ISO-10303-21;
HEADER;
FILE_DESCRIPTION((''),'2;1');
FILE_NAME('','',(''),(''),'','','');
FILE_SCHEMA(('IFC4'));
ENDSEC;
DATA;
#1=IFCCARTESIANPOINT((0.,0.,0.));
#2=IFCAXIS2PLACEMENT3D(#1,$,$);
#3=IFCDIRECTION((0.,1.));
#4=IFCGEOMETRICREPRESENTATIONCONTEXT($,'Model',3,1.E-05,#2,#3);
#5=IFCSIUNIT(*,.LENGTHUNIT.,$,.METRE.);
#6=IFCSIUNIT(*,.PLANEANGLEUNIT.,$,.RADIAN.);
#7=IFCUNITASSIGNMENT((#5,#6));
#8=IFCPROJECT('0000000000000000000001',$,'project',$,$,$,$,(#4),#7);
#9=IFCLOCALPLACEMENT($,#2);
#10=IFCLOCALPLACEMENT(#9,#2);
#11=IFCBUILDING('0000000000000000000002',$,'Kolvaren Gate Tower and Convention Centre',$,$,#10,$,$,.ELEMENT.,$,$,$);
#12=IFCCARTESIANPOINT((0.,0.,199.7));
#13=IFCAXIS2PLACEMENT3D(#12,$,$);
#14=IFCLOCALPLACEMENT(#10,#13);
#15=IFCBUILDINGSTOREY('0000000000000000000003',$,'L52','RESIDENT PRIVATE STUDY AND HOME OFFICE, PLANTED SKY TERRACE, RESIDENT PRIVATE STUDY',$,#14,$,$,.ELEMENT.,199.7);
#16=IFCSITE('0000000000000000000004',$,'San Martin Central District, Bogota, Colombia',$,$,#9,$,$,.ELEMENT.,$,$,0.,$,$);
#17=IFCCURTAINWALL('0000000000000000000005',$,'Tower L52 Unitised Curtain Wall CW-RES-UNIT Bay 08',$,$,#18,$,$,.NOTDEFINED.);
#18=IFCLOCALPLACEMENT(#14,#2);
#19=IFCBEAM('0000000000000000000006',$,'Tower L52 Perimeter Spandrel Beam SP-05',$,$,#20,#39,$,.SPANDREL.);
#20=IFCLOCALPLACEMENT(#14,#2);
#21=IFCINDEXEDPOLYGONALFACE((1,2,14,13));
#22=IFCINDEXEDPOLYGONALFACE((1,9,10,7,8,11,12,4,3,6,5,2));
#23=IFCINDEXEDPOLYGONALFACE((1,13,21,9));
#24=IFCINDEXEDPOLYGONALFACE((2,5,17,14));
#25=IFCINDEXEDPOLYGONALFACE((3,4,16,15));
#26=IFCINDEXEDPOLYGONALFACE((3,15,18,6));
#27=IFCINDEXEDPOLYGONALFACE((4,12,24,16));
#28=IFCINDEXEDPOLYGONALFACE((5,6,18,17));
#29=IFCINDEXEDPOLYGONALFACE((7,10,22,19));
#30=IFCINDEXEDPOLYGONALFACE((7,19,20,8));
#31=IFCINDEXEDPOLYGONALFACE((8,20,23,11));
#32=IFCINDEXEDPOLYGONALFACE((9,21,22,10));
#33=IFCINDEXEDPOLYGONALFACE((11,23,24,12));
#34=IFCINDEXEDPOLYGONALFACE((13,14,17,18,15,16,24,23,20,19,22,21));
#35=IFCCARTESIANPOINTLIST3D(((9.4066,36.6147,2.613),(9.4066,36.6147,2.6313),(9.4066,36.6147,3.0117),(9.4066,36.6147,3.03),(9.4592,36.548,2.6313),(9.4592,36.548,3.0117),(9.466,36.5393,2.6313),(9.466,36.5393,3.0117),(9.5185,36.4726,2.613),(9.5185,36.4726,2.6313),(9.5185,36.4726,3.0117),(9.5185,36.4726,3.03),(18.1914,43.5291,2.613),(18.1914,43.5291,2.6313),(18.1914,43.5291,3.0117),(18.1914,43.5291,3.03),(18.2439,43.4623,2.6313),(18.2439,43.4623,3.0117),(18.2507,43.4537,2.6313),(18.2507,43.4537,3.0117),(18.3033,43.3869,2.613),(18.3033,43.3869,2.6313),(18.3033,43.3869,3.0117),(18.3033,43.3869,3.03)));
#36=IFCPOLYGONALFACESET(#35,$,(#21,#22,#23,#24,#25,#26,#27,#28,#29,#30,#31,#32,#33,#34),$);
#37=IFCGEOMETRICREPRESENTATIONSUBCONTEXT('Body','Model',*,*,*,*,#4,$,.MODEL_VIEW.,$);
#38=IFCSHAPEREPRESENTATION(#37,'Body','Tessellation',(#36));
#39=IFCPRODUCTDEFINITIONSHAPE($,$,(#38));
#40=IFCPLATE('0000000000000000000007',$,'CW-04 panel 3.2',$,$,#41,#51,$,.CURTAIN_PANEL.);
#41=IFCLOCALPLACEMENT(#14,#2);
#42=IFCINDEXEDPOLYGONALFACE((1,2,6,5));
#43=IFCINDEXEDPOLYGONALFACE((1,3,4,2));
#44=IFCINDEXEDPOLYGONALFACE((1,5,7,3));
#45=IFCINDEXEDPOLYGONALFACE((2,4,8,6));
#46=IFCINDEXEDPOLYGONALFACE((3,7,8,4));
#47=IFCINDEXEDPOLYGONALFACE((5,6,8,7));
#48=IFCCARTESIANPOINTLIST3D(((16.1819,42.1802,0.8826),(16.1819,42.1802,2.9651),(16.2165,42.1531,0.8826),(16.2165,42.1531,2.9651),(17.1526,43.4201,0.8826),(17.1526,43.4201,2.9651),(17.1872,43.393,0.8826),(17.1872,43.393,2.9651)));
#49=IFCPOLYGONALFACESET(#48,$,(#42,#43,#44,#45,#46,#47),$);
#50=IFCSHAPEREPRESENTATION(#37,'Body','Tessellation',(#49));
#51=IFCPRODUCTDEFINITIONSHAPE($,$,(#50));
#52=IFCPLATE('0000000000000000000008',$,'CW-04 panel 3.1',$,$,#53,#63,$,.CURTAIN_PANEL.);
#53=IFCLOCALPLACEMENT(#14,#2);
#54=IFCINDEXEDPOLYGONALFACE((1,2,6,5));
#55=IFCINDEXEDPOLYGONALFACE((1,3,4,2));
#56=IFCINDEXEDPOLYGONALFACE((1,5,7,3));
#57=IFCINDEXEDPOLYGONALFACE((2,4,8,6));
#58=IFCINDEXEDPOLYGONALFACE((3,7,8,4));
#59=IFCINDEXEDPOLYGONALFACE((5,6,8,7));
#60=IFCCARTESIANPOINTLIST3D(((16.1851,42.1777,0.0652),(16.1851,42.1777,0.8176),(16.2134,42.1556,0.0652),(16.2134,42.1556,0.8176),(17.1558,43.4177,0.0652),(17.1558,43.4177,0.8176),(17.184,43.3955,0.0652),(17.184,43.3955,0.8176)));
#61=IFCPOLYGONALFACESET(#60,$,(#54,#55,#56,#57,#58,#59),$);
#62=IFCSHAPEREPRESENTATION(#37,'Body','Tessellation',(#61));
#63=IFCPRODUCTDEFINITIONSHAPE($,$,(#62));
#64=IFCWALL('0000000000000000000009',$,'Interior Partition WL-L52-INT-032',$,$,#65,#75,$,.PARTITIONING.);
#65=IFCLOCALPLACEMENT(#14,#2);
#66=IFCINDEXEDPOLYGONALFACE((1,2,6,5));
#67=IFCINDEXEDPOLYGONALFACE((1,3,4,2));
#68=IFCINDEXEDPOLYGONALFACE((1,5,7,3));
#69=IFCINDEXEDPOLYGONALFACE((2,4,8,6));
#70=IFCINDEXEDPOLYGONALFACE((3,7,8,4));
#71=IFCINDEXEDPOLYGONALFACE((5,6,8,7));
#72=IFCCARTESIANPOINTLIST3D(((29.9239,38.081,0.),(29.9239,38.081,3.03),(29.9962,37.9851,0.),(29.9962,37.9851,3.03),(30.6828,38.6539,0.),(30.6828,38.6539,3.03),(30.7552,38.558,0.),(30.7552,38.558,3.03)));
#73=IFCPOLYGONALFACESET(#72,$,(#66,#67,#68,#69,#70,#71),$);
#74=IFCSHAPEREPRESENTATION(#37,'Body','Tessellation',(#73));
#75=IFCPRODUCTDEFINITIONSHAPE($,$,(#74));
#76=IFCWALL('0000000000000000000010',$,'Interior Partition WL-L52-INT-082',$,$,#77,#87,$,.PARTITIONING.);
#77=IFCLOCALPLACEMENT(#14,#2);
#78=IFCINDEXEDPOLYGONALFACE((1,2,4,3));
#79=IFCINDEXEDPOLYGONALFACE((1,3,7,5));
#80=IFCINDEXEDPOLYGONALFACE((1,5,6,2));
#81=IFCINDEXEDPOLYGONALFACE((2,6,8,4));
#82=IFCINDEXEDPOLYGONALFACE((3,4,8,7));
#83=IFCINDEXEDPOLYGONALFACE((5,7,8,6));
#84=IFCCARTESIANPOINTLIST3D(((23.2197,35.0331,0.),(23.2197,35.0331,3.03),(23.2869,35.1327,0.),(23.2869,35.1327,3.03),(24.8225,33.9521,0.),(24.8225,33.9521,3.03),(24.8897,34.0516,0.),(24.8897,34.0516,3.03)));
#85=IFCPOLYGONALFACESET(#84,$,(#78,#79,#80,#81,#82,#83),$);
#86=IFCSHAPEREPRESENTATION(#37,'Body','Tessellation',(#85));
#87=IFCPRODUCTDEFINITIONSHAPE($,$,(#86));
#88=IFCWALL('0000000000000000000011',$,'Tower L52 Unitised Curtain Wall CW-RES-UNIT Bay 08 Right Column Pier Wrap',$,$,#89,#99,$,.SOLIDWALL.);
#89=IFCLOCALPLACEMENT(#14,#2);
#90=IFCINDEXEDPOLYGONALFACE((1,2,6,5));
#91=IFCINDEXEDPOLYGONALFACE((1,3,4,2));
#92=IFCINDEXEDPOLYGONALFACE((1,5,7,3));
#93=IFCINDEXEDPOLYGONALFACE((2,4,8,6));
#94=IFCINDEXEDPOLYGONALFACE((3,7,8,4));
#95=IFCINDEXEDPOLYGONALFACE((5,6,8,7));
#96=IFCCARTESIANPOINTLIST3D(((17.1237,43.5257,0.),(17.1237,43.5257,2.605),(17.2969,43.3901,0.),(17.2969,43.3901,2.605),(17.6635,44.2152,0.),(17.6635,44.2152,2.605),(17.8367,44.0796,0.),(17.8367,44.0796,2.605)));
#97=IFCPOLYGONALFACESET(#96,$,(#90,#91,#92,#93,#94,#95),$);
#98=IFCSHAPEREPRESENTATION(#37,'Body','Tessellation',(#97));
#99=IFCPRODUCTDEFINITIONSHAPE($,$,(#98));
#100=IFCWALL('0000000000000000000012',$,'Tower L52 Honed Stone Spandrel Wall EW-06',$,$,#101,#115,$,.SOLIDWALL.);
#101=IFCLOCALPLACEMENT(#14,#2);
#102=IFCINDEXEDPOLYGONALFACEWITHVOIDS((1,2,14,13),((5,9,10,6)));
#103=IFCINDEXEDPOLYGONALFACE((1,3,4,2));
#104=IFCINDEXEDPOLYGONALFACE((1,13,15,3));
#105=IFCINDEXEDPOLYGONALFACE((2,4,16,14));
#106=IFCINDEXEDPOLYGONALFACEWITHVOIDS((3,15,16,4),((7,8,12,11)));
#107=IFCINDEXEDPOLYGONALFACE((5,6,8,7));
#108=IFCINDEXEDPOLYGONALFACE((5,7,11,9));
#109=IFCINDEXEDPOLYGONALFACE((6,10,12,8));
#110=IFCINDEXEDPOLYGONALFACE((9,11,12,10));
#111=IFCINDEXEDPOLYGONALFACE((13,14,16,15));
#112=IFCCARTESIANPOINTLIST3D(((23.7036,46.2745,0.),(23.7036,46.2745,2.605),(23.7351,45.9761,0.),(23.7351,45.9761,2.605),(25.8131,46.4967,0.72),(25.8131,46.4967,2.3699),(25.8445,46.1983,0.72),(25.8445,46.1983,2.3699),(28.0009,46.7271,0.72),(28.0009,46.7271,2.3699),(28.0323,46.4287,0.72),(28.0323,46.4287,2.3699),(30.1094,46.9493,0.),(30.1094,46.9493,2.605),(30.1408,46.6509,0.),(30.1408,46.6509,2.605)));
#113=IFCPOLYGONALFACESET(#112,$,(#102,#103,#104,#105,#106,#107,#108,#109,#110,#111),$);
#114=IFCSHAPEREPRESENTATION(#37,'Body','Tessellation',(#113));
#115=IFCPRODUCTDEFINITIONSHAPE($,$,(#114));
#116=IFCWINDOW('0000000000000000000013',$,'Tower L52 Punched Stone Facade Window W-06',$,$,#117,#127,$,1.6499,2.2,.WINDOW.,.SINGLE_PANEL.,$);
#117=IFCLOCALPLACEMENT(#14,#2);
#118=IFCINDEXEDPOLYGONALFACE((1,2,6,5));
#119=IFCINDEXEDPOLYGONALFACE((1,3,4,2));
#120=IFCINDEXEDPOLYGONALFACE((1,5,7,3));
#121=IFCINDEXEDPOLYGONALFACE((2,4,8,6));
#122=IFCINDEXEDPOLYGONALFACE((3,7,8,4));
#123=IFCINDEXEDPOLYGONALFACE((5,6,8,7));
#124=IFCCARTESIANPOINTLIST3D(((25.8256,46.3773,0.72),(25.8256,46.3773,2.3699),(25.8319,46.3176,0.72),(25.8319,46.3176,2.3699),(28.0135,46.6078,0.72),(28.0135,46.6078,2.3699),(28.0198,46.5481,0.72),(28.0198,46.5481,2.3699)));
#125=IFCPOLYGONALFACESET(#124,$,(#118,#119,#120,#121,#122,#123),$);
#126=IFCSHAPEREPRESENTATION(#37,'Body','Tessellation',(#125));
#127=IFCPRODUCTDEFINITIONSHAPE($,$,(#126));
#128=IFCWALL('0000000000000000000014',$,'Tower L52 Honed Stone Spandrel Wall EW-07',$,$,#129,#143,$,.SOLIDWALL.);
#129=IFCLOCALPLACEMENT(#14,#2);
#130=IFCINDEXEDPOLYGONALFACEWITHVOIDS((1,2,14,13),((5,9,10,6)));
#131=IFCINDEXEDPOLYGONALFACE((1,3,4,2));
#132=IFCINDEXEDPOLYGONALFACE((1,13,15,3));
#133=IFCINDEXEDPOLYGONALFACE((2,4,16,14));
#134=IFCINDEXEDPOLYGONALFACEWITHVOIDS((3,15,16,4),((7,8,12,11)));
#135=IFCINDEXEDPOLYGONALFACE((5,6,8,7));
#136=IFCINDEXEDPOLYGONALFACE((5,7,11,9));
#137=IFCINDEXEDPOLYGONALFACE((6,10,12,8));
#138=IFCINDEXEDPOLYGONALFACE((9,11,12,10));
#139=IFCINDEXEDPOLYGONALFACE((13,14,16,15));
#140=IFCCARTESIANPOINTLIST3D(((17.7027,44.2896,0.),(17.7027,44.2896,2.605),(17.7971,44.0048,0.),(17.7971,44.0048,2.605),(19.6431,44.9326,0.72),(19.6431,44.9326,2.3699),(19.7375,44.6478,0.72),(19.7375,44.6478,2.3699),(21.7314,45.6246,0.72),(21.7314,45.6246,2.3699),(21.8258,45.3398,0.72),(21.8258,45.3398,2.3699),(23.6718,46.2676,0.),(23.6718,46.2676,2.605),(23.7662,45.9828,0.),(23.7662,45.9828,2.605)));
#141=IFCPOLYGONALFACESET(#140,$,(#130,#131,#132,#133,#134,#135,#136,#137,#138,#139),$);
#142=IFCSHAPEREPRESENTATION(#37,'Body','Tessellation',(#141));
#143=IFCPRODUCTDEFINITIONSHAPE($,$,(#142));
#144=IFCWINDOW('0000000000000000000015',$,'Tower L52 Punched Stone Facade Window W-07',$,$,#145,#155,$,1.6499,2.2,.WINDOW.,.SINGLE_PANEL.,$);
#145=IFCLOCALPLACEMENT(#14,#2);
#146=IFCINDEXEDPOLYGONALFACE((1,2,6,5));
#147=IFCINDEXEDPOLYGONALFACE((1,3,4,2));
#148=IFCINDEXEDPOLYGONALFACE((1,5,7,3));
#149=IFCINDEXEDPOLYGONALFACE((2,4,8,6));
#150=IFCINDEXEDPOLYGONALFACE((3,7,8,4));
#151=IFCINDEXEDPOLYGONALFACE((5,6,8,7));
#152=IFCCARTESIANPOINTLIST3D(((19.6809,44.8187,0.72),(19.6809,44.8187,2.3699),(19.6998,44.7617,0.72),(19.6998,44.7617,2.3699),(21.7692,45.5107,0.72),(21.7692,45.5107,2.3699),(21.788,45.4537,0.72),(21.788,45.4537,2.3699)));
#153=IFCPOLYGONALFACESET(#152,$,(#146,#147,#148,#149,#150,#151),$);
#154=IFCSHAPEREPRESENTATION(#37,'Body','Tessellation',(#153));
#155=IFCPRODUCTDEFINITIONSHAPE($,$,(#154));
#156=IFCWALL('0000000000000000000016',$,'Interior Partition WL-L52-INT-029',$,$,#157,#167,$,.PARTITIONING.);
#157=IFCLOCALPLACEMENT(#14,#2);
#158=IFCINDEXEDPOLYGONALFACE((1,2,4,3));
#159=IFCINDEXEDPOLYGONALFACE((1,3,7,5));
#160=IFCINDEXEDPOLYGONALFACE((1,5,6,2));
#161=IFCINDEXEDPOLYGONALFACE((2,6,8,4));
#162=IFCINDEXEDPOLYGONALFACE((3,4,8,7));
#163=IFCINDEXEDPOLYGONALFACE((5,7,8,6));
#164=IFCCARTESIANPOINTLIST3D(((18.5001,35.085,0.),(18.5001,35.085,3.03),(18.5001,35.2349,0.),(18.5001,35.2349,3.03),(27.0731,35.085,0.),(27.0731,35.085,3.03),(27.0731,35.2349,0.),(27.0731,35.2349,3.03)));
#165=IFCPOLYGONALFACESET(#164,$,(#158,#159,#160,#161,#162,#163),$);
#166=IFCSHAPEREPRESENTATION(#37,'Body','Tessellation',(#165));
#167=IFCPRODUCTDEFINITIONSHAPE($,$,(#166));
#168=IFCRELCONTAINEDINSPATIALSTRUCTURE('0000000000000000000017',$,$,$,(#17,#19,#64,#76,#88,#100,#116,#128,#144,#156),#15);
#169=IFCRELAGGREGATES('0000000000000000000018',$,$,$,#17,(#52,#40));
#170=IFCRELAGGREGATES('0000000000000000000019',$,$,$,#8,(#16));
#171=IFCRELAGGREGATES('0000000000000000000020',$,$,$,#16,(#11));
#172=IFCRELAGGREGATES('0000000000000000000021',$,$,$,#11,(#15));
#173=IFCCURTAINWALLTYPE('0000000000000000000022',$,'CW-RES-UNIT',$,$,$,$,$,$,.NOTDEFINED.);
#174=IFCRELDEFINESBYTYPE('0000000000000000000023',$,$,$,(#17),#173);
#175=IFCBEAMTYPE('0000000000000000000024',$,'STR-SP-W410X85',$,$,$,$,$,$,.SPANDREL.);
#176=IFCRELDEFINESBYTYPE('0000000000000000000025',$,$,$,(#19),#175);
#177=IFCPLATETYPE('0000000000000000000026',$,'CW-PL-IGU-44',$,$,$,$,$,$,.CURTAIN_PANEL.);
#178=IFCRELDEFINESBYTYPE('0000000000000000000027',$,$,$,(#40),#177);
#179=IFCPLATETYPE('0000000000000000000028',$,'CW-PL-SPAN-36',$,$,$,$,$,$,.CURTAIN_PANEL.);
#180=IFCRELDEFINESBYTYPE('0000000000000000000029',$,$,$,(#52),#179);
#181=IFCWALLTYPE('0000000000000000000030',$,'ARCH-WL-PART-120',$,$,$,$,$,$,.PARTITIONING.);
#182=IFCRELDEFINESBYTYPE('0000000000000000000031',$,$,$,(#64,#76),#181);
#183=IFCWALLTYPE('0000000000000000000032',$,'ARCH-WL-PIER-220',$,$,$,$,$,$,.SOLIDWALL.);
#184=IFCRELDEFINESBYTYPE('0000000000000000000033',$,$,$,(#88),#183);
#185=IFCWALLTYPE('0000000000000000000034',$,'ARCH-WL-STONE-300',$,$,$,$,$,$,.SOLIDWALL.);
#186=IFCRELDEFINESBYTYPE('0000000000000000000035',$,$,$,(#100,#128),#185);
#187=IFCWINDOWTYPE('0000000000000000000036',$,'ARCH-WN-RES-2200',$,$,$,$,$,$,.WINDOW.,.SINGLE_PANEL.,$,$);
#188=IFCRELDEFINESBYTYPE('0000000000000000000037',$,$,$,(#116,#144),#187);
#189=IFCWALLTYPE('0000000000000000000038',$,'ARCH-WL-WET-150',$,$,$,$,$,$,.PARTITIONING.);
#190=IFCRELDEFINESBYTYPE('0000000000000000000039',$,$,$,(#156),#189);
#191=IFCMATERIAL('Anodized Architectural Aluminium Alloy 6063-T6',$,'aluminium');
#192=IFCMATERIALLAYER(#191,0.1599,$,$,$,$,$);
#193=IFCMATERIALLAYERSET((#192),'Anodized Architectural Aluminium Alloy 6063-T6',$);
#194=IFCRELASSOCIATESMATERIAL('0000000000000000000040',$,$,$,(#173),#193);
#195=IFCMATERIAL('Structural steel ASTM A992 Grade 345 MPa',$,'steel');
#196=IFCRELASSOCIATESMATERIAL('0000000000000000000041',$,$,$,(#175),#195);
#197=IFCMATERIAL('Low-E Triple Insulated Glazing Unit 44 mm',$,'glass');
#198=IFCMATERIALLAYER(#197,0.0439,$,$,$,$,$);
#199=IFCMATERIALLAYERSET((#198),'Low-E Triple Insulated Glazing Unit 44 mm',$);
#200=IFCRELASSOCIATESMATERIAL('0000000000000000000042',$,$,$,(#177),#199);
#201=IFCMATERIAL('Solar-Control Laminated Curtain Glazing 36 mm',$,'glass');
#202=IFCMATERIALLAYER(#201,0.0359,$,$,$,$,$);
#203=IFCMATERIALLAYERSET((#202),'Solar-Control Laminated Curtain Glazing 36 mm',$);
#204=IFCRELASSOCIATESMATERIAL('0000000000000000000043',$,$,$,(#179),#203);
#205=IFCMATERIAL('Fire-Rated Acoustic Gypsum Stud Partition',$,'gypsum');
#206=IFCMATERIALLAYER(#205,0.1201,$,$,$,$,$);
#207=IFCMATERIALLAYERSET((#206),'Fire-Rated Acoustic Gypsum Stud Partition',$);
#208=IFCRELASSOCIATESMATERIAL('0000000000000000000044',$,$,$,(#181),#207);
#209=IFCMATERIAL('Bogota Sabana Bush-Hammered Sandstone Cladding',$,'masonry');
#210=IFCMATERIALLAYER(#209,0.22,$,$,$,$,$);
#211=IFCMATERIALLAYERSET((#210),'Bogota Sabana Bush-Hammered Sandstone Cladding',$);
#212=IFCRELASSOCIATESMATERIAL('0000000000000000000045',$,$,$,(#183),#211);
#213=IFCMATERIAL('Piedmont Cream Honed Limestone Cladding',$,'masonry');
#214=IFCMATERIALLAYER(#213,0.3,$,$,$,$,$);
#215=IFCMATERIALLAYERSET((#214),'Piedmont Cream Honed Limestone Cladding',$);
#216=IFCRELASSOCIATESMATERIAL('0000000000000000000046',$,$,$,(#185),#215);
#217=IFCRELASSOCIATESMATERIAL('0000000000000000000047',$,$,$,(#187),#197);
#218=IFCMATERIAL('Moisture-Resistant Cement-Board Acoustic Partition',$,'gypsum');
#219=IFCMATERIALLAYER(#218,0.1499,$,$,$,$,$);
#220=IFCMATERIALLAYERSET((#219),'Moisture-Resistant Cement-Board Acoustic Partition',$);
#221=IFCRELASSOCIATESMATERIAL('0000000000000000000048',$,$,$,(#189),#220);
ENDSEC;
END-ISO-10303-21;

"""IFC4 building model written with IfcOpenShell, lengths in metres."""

from ifc_helpers import new_model, si_unit, direction, frame, frame_2d, origin, origin_2d, place, context, subcontext, project, spatial, rectangle, i_section, extrude, material, layer, layer_set, material_profile, profile_set, type_object, element, fill, aggregate, save


model = new_model("IFC4")

# Units and contexts
model_context = context("Model", 3, precision=1e-05, world=origin(), true_north=direction((0.0, 1.0)))
body_context = subcontext(model_context, "Body", "Model", "MODEL_VIEW")
ifc_project = project(units=[si_unit("LENGTHUNIT", "METRE"), si_unit("PLANEANGLEUNIT", "RADIAN")], contexts=[model_context])

# Site, building, storey
site_placement = place(None, origin())
site = spatial("IfcSite", under=ifc_project, at=site_placement, Name="San Martin Central District, Bogota, Colombia", CompositionType="ELEMENT", RefElevation=0.0)
building_placement = place(site_placement, origin())
building = spatial("IfcBuilding", under=site, at=building_placement, Name="Kolvaren Gate Tower and Convention Centre", CompositionType="ELEMENT")
storey_placement = place(building_placement, frame((0.0, 0.0, 199.7)))
storey = spatial("IfcBuildingStorey", under=building, at=storey_placement, Name="L52", Description="RESIDENT PRIVATE STUDY AND HOME OFFICE, PLANTED SKY TERRACE, RESIDENT PRIVATE STUDY", CompositionType="ELEMENT", Elevation=199.7)

# Curtain wall
ifc_material_1 = material(Name="Anodized Architectural Aluminium Alloy 6063-T6", Category="aluminium")
ifc_layer_1 = layer(ifc_material_1, 0.1599)
ifc_layer_set_1 = layer_set([ifc_layer_1], Name="Anodized Architectural Aluminium Alloy 6063-T6")
curtain_wall_type = type_object("IfcCurtainWallType", Name="CW-RES-UNIT", PredefinedType="NOTDEFINED", material=ifc_layer_set_1)
curtain_wall_placement = place(storey_placement, origin())
curtain_wall = element("IfcCurtainWall", 1, at=curtain_wall_placement, inside=storey, type_object=curtain_wall_type, Name="Tower L52 Unitised Curtain Wall CW-RES-UNIT Bay 08", PredefinedType="NOTDEFINED")

# Beam
ifc_material_2 = material(Name="Structural steel ASTM A992 Grade 345 MPa", Category="steel")
ifc_material_profile_1 = material_profile(ifc_material_2, i_section(OverallWidth=0.1809, OverallDepth=0.417, WebThickness=0.011, FlangeThickness=0.0183, at=origin_2d()), Name="W410X85")
ifc_profile_set_1 = profile_set([ifc_material_profile_1], Name="Structural steel ASTM A992 Grade 345 MPa")
beam_type_1 = type_object("IfcBeamType", Name="STR-SP-W410X85", PredefinedType="SPANDREL", material=ifc_profile_set_1)
beam_1_placement = place(storey_placement, frame((18.2473, 43.458, 2.8215), z_axis=(-0.785794, -0.618489, 0.0), x_axis=(0.618489, -0.785794, 0.0)))
element("IfcBeam", 2, at=beam_1_placement, inside=storey, type_object=beam_type_1, Name="Tower L52 Perimeter Spandrel Beam SP-05", PredefinedType="SPANDREL", context=body_context, shape_type="SweptSolid", body=[
    extrude(i_section(OverallWidth=0.1809, OverallDepth=0.417, WebThickness=0.011, FlangeThickness=0.0183, at=origin_2d()), origin(), (0.0, 0.0, 1.0), 11.1794),
])

# Plates
ifc_material_3 = material(Name="Low-E Triple Insulated Glazing Unit 44 mm", Category="glass")
ifc_layer_2 = layer(ifc_material_3, 0.0439)
ifc_layer_set_2 = layer_set([ifc_layer_2], Name="Low-E Triple Insulated Glazing Unit 44 mm")
plate_type_1 = type_object("IfcPlateType", Name="CW-PL-IGU-44", PredefinedType="CURTAIN_PANEL", material=ifc_layer_set_2)
plate_1_placement = place(storey_placement, frame((16.6846, 42.7866, 0.8826), z_axis=(0.0, 0.0, 1.0), x_axis=(0.61643, 0.78741, 0.0)))
plate_1 = element("IfcPlate", 3, at=plate_1_placement, type_object=plate_type_1, Name="CW-04 panel 3.2", PredefinedType="CURTAIN_PANEL", context=body_context, shape_type="SweptSolid", body=[
    extrude(rectangle(XDim=1.5747, YDim=0.0439, at=origin_2d()), origin(), (0.0, 0.0, 1.0), 2.0825),
])
ifc_material_4 = material(Name="Solar-Control Laminated Curtain Glazing 36 mm", Category="glass")
ifc_layer_3 = layer(ifc_material_4, 0.0359)
ifc_layer_set_3 = layer_set([ifc_layer_3], Name="Solar-Control Laminated Curtain Glazing 36 mm")
plate_type_2 = type_object("IfcPlateType", Name="CW-PL-SPAN-36", PredefinedType="CURTAIN_PANEL", material=ifc_layer_set_3)
plate_2_placement = place(storey_placement, frame((16.6846, 42.7866, 0.0652), z_axis=(0.0, 0.0, 1.0), x_axis=(0.61643, 0.78741, 0.0)))
plate_2 = element("IfcPlate", 4, at=plate_2_placement, type_object=plate_type_2, Name="CW-04 panel 3.1", PredefinedType="CURTAIN_PANEL", context=body_context, shape_type="SweptSolid", body=[
    extrude(rectangle(XDim=1.5747, YDim=0.0359, at=origin_2d()), origin(), (0.0, 0.0, 1.0), 0.7524),
])
aggregate(curtain_wall, [plate_2, plate_1])

# Walls
ifc_material_5 = material(Name="Fire-Rated Acoustic Gypsum Stud Partition", Category="gypsum")
ifc_layer_4 = layer(ifc_material_5, 0.1201)
ifc_layer_set_4 = layer_set([ifc_layer_4], Name="Fire-Rated Acoustic Gypsum Stud Partition")
wall_type_1 = type_object("IfcWallType", Name="ARCH-WL-PART-120", PredefinedType="PARTITIONING", material=ifc_layer_set_4)
wall_1_placement = place(storey_placement, frame((29.96, 38.033, 0.0), z_axis=(0.0, 0.0, 1.0), x_axis=(0.798117, 0.602503, 0.0)))
element("IfcWall", 5, at=wall_1_placement, inside=storey, type_object=wall_type_1, Name="Interior Partition WL-L52-INT-032", PredefinedType="PARTITIONING", context=body_context, shape_type="SweptSolid", body=[
    extrude(rectangle(XDim=0.9509, YDim=0.1201, at=frame_2d((0.4756, 0.0))), origin(), (0.0, 0.0, 1.0), 3.03),
])
wall_2_placement = place(storey_placement, frame((23.2532, 35.083, 0.0), z_axis=(0.0, 0.0, 1.0), x_axis=(0.829046, -0.55918, 0.0)))
element("IfcWall", 6, at=wall_2_placement, inside=storey, type_object=wall_type_1, Name="Interior Partition WL-L52-INT-082", PredefinedType="PARTITIONING", context=body_context, shape_type="SweptSolid", body=[
    extrude(rectangle(XDim=1.9333, YDim=0.1201, at=frame_2d((0.9668, 0.0))), origin(), (0.0, 0.0, 1.0), 3.03),
])
ifc_material_6 = material(Name="Bogota Sabana Bush-Hammered Sandstone Cladding", Category="masonry")
ifc_layer_5 = layer(ifc_material_6, 0.22)
ifc_layer_set_5 = layer_set([ifc_layer_5], Name="Bogota Sabana Bush-Hammered Sandstone Cladding")
wall_type_2 = type_object("IfcWallType", Name="ARCH-WL-PIER-220", PredefinedType="SOLIDWALL", material=ifc_layer_set_5)
wall_3_placement = place(storey_placement, frame((17.2102, 43.4578, 0.0), z_axis=(0.0, 0.0, 1.0), x_axis=(0.616466, 0.787381, 0.0)))
element("IfcWall", 7, at=wall_3_placement, inside=storey, type_object=wall_type_2, Name="Tower L52 Unitised Curtain Wall CW-RES-UNIT Bay 08 Right Column Pier Wrap", PredefinedType="SOLIDWALL", context=body_context, shape_type="SweptSolid", body=[
    extrude(rectangle(XDim=0.8757, YDim=0.22, at=frame_2d((0.438, 0.0))), origin(), (0.0, 0.0, 1.0), 2.605),
])

# Walls, openings, windows
ifc_material_7 = material(Name="Piedmont Cream Honed Limestone Cladding", Category="masonry")
ifc_layer_6 = layer(ifc_material_7, 0.3)
ifc_layer_set_6 = layer_set([ifc_layer_6], Name="Piedmont Cream Honed Limestone Cladding")
wall_type_3 = type_object("IfcWallType", Name="ARCH-WL-STONE-300", PredefinedType="SOLIDWALL", material=ifc_layer_set_6)
wall_4_placement = place(storey_placement, frame((23.7192, 46.1252, 0.0), z_axis=(0.0, 0.0, 1.0), x_axis=(0.994497, 0.104764, 0.0)))
wall_4 = element("IfcWall", 8, at=wall_4_placement, inside=storey, type_object=wall_type_3, Name="Tower L52 Honed Stone Spandrel Wall EW-06", PredefinedType="SOLIDWALL", context=body_context, shape_type="SweptSolid", body=[
    extrude(rectangle(XDim=6.4412, YDim=0.3, at=frame_2d((3.2207, 0.0))), origin(), (0.0, 0.0, 1.0), 2.605),
])
opening_1_placement = place(wall_4_placement, frame((2.1211, 0.0, 0.72)))
opening_1 = element("IfcOpeningElement", 9, at=opening_1_placement, cuts=wall_4, PredefinedType="OPENING", context=body_context, shape_type="SweptSolid", body=[
    extrude(rectangle(XDim=2.2, YDim=1.6499, at=frame_2d((1.1001, 0.825))), frame((0.0, 0.1599, 0.0), z_axis=(0.0, -1.0, 0.0), x_axis=(1.0, 0.0, 0.0)), (0.0, 0.0, 1.0), 0.3201),
])
window_type = type_object("IfcWindowType", Name="ARCH-WN-RES-2200", PartitioningType="SINGLE_PANEL", PredefinedType="WINDOW", material=ifc_material_3)
window_1_placement = place(opening_1_placement, origin())
window_1 = element("IfcWindow", 10, at=window_1_placement, inside=storey, type_object=window_type, Name="Tower L52 Punched Stone Facade Window W-06", OverallHeight=1.6499, OverallWidth=2.2, PartitioningType="SINGLE_PANEL", PredefinedType="WINDOW", context=body_context, shape_type="SweptSolid", body=[
    extrude(rectangle(XDim=2.2, YDim=1.6499, at=frame_2d((1.1001, 0.825))), frame((0.0, 0.03, 0.0), z_axis=(0.0, -1.0, 0.0), x_axis=(1.0, 0.0, 0.0)), (0.0, 0.0, 1.0), 0.0601),
])
fill(opening_1, window_1)
wall_5_placement = place(storey_placement, frame((17.75, 44.1472, 0.0), z_axis=(0.0, 0.0, 1.0), x_axis=(0.949241, 0.31455, 0.0)))
wall_5 = element("IfcWall", 11, at=wall_5_placement, inside=storey, type_object=wall_type_3, Name="Tower L52 Honed Stone Spandrel Wall EW-07", PredefinedType="SOLIDWALL", context=body_context, shape_type="SweptSolid", body=[
    extrude(rectangle(XDim=6.2883, YDim=0.3, at=frame_2d((3.144, 0.0))), origin(), (0.0, 0.0, 1.0), 2.605),
])
opening_2_placement = place(wall_5_placement, frame((2.0439, 0.0, 0.72)))
opening_2 = element("IfcOpeningElement", 12, at=opening_2_placement, cuts=wall_5, PredefinedType="OPENING", context=body_context, shape_type="SweptSolid", body=[
    extrude(rectangle(XDim=2.2, YDim=1.6499, at=frame_2d((1.1001, 0.825))), frame((0.0, 0.1599, 0.0), z_axis=(0.0, -1.0, 0.0), x_axis=(1.0, 0.0, 0.0)), (0.0, 0.0, 1.0), 0.3201),
])
window_2_placement = place(opening_2_placement, origin())
window_2 = element("IfcWindow", 13, at=window_2_placement, inside=storey, type_object=window_type, Name="Tower L52 Punched Stone Facade Window W-07", OverallHeight=1.6499, OverallWidth=2.2, PartitioningType="SINGLE_PANEL", PredefinedType="WINDOW", context=body_context, shape_type="SweptSolid", body=[
    extrude(rectangle(XDim=2.2, YDim=1.6499, at=frame_2d((1.1001, 0.825))), frame((0.0, 0.03, 0.0), z_axis=(0.0, -1.0, 0.0), x_axis=(1.0, 0.0, 0.0)), (0.0, 0.0, 1.0), 0.0601),
])
fill(opening_2, window_2)

# Wall
ifc_material_8 = material(Name="Moisture-Resistant Cement-Board Acoustic Partition", Category="gypsum")
ifc_layer_7 = layer(ifc_material_8, 0.1499)
ifc_layer_set_7 = layer_set([ifc_layer_7], Name="Moisture-Resistant Cement-Board Acoustic Partition")
wall_type_4 = type_object("IfcWallType", Name="ARCH-WL-WET-150", PredefinedType="PARTITIONING", material=ifc_layer_set_7)
wall_6_placement = place(storey_placement, frame((18.5, 35.1599, 0.0), z_axis=(0.0, 0.0, 1.0), x_axis=(1.0, 0.0, 0.0)))
element("IfcWall", 14, at=wall_6_placement, inside=storey, type_object=wall_type_4, Name="Interior Partition WL-L52-INT-029", PredefinedType="PARTITIONING", context=body_context, shape_type="SweptSolid", body=[
    extrude(rectangle(XDim=8.573, YDim=0.1499, at=frame_2d((4.2866, 0.0))), origin(), (0.0, 0.0, 1.0), 3.03),
])

save(model, "model.ifc")
